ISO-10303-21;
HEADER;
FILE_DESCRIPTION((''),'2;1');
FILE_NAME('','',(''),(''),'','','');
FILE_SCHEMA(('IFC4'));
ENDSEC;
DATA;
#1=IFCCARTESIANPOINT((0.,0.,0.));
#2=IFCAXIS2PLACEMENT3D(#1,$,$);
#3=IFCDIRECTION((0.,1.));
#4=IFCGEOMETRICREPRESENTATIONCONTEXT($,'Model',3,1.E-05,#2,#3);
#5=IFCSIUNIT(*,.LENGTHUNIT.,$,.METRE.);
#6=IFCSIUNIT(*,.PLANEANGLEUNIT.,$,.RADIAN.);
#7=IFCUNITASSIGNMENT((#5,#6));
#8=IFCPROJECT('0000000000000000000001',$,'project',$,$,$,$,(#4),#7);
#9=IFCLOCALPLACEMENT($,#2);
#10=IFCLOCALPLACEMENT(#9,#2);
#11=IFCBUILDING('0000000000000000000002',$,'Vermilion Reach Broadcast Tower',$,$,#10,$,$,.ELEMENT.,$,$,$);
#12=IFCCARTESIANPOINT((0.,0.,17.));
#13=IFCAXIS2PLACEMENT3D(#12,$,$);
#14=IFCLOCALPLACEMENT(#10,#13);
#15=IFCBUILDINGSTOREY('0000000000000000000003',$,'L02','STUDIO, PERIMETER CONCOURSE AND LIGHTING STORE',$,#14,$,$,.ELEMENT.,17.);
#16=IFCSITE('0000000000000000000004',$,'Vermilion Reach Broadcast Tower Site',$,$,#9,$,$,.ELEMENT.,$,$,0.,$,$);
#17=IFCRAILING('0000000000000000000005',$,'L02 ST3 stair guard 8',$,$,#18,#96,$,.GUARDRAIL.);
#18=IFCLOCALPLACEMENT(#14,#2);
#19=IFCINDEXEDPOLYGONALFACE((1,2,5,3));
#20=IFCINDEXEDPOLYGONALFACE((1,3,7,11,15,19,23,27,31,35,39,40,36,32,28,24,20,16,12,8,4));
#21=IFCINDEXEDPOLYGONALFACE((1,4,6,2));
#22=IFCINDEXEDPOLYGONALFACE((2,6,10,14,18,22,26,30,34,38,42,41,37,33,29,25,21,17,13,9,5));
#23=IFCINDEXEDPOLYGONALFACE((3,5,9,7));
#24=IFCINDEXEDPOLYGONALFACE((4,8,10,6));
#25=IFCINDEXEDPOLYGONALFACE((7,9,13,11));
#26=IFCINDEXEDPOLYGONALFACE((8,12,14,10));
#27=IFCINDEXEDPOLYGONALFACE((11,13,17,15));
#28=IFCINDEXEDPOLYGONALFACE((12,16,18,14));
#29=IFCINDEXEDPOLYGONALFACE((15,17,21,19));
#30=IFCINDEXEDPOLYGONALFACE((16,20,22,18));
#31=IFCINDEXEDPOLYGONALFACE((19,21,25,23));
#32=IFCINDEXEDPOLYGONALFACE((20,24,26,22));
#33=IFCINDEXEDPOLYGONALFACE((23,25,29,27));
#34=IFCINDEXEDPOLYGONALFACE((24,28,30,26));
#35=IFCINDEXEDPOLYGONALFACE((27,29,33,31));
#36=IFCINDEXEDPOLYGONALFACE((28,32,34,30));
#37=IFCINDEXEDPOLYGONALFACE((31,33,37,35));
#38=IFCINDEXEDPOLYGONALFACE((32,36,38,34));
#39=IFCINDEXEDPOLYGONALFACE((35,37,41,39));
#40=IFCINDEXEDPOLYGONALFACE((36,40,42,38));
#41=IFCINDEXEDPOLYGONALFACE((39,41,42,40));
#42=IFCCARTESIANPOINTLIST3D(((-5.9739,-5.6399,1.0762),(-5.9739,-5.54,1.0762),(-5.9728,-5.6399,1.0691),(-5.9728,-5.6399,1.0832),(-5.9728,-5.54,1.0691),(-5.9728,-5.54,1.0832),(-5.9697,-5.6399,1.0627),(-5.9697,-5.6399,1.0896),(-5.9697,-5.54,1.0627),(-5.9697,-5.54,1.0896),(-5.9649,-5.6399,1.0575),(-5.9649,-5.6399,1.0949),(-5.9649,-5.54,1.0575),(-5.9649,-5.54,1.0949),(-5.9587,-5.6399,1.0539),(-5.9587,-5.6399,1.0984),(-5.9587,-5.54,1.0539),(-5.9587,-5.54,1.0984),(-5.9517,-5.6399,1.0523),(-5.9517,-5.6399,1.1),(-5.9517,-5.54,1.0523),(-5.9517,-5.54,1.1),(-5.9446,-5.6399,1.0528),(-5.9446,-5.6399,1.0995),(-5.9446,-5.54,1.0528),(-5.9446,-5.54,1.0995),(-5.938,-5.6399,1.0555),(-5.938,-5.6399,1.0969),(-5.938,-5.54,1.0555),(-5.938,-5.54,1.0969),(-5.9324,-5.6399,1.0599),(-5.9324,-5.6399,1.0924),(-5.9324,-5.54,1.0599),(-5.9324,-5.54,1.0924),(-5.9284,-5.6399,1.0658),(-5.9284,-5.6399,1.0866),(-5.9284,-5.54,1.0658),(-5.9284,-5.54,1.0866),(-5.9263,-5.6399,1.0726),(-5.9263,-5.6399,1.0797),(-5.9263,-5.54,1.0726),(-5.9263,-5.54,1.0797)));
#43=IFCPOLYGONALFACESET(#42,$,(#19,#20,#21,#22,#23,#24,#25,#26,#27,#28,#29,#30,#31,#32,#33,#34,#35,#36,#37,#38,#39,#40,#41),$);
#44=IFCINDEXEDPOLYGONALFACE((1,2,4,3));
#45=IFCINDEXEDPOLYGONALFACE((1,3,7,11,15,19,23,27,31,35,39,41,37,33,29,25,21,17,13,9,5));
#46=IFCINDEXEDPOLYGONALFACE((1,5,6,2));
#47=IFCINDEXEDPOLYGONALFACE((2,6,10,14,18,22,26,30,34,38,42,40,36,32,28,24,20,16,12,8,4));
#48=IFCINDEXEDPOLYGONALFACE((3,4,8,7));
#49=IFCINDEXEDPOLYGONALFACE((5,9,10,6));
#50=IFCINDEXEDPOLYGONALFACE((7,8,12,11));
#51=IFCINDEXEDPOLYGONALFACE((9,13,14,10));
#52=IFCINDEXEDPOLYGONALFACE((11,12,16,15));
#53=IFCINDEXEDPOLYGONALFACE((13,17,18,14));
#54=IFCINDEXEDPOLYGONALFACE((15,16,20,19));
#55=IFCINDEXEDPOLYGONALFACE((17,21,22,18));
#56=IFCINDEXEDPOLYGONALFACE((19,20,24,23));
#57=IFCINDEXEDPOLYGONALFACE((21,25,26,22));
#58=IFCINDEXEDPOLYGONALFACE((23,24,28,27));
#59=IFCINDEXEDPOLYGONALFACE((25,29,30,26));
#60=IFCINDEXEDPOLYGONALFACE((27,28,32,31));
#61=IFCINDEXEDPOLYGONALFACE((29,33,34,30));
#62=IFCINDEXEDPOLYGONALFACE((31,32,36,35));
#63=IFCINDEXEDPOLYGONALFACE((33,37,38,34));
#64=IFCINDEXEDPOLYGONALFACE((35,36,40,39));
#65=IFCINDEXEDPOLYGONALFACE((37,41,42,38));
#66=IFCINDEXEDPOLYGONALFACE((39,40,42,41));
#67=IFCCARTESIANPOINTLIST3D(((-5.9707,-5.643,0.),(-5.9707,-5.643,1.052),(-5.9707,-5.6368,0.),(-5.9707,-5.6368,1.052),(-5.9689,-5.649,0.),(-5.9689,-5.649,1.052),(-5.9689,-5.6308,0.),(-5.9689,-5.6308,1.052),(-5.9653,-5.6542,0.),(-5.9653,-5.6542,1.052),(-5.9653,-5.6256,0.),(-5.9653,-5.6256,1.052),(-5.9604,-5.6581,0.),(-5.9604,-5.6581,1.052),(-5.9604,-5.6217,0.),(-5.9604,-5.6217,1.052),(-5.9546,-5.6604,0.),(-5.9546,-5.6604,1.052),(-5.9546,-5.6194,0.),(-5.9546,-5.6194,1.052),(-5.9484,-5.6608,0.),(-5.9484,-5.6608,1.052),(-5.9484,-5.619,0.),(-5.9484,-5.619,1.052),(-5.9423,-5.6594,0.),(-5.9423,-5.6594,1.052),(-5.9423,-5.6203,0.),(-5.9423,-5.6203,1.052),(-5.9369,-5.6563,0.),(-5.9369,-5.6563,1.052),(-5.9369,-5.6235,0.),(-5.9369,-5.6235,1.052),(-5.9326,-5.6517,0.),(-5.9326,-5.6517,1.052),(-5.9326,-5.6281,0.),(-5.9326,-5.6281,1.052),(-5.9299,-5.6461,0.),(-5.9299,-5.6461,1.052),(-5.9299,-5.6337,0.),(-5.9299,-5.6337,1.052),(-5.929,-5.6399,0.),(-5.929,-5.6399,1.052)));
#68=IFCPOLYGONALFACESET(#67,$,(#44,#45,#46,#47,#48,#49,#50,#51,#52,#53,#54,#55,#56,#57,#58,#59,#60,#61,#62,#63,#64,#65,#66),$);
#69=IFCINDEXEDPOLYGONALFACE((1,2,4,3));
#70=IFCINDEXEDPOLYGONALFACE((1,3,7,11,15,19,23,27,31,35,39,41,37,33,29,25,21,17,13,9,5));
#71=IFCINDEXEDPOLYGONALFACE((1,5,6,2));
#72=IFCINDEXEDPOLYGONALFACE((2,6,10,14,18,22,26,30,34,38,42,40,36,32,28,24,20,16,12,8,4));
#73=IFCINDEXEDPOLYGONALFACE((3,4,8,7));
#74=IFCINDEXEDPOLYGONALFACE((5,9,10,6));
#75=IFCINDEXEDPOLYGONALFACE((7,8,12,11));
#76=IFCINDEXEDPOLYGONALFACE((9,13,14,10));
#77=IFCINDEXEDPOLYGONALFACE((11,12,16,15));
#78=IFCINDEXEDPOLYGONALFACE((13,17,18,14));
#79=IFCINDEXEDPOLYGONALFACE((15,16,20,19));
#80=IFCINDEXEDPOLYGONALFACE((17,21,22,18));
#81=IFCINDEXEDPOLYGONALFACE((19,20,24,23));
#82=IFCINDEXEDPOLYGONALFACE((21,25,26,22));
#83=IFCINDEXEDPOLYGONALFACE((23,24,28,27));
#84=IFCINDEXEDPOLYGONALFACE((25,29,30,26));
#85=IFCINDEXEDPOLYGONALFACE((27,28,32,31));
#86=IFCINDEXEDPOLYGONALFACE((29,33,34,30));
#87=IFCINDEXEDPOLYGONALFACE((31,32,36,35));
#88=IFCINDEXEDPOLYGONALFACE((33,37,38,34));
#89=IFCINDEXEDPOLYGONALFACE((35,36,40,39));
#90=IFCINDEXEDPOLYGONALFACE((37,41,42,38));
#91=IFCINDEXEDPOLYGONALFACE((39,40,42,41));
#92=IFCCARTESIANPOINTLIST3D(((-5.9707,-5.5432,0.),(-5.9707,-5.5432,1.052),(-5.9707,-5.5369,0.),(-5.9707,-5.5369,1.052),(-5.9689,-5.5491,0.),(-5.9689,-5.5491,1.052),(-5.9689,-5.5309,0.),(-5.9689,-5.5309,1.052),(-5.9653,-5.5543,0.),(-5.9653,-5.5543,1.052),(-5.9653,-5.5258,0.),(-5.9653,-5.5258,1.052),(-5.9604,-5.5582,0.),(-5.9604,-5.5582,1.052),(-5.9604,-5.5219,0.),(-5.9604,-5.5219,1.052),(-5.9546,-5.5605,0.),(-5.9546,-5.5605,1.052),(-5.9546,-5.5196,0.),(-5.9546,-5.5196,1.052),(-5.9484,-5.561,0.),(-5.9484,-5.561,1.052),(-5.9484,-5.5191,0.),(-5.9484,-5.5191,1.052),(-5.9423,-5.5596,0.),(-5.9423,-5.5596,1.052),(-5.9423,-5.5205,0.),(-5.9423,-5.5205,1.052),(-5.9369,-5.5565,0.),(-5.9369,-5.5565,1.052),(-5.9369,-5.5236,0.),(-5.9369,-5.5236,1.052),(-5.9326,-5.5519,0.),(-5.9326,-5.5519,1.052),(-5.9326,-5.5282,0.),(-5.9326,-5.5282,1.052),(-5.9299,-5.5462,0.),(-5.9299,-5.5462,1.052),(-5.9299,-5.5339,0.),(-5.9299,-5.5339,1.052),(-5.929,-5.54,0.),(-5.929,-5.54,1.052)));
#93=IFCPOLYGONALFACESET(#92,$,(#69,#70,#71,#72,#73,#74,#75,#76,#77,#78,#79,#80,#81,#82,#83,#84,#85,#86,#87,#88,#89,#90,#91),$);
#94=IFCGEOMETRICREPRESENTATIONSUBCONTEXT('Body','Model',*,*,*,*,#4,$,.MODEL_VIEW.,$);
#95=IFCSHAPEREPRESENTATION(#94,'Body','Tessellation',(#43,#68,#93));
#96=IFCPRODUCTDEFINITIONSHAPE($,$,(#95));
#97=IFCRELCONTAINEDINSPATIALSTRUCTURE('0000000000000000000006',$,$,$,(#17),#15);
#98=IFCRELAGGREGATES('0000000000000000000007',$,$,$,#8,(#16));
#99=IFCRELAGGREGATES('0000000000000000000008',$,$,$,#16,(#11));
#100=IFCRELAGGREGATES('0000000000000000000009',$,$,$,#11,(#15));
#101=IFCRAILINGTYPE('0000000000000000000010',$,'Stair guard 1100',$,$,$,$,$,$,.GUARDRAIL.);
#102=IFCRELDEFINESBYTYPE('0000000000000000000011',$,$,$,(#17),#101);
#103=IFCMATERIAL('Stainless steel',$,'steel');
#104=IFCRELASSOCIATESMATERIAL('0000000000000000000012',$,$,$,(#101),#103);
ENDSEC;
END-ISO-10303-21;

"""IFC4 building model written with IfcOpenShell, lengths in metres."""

from ifc_helpers import new_model, si_unit, direction, frame, origin, origin_2d, place, context, subcontext, project, spatial, circle, extrude, material, type_object, element, save


model = new_model("IFC4")

# Units and contexts
model_context = context("Model", 3, precision=1e-05, world=origin(), true_north=direction((0.0, 1.0)))
body_context = subcontext(model_context, "Body", "Model", "MODEL_VIEW")
ifc_project = project(units=[si_unit("LENGTHUNIT", "METRE"), si_unit("PLANEANGLEUNIT", "RADIAN")], contexts=[model_context])

# Site, building, storey
site_placement = place(None, origin())
site = spatial("IfcSite", under=ifc_project, at=site_placement, Name="Vermilion Reach Broadcast Tower Site", CompositionType="ELEMENT", RefElevation=0.0)
building_placement = place(site_placement, origin())
building = spatial("IfcBuilding", under=site, at=building_placement, Name="Vermilion Reach Broadcast Tower", CompositionType="ELEMENT")
storey_placement = place(building_placement, frame((0.0, 0.0, 17.0)))
storey = spatial("IfcBuildingStorey", under=building, at=storey_placement, Name="L02", Description="STUDIO, PERIMETER CONCOURSE AND LIGHTING STORE", CompositionType="ELEMENT", Elevation=17.0)

# Railing
ifc_material_1 = material(Name="Stainless steel", Category="steel")
railing_type_1 = type_object("IfcRailingType", Name="Stair guard 1100", PredefinedType="GUARDRAIL", material=ifc_material_1)
railing_1_placement = place(storey_placement, frame((-5.95, -5.6399, 0.0)))
element("IfcRailing", 1, at=railing_1_placement, inside=storey, type_object=railing_type_1, Name="L02 ST3 stair guard 8", PredefinedType="GUARDRAIL", context=body_context, shape_type="SweptSolid", body=[
    extrude(circle(Radius=0.0239, at=origin_2d()), frame((0.0, 0.0, 1.0762), z_axis=(0.0, 1.0, 0.0), x_axis=(-1.0, 0.0, 0.0)), (0.0, 0.0, 1.0), 0.0999),
    extrude(circle(Radius=0.021, at=origin_2d()), origin(), (0.0, 0.0, 1.0), 1.052),
    extrude(circle(Radius=0.021, at=origin_2d()), frame((0.0, 0.0999, 0.0)), (0.0, 0.0, 1.0), 1.052),
])

save(model, "model.ifc")
